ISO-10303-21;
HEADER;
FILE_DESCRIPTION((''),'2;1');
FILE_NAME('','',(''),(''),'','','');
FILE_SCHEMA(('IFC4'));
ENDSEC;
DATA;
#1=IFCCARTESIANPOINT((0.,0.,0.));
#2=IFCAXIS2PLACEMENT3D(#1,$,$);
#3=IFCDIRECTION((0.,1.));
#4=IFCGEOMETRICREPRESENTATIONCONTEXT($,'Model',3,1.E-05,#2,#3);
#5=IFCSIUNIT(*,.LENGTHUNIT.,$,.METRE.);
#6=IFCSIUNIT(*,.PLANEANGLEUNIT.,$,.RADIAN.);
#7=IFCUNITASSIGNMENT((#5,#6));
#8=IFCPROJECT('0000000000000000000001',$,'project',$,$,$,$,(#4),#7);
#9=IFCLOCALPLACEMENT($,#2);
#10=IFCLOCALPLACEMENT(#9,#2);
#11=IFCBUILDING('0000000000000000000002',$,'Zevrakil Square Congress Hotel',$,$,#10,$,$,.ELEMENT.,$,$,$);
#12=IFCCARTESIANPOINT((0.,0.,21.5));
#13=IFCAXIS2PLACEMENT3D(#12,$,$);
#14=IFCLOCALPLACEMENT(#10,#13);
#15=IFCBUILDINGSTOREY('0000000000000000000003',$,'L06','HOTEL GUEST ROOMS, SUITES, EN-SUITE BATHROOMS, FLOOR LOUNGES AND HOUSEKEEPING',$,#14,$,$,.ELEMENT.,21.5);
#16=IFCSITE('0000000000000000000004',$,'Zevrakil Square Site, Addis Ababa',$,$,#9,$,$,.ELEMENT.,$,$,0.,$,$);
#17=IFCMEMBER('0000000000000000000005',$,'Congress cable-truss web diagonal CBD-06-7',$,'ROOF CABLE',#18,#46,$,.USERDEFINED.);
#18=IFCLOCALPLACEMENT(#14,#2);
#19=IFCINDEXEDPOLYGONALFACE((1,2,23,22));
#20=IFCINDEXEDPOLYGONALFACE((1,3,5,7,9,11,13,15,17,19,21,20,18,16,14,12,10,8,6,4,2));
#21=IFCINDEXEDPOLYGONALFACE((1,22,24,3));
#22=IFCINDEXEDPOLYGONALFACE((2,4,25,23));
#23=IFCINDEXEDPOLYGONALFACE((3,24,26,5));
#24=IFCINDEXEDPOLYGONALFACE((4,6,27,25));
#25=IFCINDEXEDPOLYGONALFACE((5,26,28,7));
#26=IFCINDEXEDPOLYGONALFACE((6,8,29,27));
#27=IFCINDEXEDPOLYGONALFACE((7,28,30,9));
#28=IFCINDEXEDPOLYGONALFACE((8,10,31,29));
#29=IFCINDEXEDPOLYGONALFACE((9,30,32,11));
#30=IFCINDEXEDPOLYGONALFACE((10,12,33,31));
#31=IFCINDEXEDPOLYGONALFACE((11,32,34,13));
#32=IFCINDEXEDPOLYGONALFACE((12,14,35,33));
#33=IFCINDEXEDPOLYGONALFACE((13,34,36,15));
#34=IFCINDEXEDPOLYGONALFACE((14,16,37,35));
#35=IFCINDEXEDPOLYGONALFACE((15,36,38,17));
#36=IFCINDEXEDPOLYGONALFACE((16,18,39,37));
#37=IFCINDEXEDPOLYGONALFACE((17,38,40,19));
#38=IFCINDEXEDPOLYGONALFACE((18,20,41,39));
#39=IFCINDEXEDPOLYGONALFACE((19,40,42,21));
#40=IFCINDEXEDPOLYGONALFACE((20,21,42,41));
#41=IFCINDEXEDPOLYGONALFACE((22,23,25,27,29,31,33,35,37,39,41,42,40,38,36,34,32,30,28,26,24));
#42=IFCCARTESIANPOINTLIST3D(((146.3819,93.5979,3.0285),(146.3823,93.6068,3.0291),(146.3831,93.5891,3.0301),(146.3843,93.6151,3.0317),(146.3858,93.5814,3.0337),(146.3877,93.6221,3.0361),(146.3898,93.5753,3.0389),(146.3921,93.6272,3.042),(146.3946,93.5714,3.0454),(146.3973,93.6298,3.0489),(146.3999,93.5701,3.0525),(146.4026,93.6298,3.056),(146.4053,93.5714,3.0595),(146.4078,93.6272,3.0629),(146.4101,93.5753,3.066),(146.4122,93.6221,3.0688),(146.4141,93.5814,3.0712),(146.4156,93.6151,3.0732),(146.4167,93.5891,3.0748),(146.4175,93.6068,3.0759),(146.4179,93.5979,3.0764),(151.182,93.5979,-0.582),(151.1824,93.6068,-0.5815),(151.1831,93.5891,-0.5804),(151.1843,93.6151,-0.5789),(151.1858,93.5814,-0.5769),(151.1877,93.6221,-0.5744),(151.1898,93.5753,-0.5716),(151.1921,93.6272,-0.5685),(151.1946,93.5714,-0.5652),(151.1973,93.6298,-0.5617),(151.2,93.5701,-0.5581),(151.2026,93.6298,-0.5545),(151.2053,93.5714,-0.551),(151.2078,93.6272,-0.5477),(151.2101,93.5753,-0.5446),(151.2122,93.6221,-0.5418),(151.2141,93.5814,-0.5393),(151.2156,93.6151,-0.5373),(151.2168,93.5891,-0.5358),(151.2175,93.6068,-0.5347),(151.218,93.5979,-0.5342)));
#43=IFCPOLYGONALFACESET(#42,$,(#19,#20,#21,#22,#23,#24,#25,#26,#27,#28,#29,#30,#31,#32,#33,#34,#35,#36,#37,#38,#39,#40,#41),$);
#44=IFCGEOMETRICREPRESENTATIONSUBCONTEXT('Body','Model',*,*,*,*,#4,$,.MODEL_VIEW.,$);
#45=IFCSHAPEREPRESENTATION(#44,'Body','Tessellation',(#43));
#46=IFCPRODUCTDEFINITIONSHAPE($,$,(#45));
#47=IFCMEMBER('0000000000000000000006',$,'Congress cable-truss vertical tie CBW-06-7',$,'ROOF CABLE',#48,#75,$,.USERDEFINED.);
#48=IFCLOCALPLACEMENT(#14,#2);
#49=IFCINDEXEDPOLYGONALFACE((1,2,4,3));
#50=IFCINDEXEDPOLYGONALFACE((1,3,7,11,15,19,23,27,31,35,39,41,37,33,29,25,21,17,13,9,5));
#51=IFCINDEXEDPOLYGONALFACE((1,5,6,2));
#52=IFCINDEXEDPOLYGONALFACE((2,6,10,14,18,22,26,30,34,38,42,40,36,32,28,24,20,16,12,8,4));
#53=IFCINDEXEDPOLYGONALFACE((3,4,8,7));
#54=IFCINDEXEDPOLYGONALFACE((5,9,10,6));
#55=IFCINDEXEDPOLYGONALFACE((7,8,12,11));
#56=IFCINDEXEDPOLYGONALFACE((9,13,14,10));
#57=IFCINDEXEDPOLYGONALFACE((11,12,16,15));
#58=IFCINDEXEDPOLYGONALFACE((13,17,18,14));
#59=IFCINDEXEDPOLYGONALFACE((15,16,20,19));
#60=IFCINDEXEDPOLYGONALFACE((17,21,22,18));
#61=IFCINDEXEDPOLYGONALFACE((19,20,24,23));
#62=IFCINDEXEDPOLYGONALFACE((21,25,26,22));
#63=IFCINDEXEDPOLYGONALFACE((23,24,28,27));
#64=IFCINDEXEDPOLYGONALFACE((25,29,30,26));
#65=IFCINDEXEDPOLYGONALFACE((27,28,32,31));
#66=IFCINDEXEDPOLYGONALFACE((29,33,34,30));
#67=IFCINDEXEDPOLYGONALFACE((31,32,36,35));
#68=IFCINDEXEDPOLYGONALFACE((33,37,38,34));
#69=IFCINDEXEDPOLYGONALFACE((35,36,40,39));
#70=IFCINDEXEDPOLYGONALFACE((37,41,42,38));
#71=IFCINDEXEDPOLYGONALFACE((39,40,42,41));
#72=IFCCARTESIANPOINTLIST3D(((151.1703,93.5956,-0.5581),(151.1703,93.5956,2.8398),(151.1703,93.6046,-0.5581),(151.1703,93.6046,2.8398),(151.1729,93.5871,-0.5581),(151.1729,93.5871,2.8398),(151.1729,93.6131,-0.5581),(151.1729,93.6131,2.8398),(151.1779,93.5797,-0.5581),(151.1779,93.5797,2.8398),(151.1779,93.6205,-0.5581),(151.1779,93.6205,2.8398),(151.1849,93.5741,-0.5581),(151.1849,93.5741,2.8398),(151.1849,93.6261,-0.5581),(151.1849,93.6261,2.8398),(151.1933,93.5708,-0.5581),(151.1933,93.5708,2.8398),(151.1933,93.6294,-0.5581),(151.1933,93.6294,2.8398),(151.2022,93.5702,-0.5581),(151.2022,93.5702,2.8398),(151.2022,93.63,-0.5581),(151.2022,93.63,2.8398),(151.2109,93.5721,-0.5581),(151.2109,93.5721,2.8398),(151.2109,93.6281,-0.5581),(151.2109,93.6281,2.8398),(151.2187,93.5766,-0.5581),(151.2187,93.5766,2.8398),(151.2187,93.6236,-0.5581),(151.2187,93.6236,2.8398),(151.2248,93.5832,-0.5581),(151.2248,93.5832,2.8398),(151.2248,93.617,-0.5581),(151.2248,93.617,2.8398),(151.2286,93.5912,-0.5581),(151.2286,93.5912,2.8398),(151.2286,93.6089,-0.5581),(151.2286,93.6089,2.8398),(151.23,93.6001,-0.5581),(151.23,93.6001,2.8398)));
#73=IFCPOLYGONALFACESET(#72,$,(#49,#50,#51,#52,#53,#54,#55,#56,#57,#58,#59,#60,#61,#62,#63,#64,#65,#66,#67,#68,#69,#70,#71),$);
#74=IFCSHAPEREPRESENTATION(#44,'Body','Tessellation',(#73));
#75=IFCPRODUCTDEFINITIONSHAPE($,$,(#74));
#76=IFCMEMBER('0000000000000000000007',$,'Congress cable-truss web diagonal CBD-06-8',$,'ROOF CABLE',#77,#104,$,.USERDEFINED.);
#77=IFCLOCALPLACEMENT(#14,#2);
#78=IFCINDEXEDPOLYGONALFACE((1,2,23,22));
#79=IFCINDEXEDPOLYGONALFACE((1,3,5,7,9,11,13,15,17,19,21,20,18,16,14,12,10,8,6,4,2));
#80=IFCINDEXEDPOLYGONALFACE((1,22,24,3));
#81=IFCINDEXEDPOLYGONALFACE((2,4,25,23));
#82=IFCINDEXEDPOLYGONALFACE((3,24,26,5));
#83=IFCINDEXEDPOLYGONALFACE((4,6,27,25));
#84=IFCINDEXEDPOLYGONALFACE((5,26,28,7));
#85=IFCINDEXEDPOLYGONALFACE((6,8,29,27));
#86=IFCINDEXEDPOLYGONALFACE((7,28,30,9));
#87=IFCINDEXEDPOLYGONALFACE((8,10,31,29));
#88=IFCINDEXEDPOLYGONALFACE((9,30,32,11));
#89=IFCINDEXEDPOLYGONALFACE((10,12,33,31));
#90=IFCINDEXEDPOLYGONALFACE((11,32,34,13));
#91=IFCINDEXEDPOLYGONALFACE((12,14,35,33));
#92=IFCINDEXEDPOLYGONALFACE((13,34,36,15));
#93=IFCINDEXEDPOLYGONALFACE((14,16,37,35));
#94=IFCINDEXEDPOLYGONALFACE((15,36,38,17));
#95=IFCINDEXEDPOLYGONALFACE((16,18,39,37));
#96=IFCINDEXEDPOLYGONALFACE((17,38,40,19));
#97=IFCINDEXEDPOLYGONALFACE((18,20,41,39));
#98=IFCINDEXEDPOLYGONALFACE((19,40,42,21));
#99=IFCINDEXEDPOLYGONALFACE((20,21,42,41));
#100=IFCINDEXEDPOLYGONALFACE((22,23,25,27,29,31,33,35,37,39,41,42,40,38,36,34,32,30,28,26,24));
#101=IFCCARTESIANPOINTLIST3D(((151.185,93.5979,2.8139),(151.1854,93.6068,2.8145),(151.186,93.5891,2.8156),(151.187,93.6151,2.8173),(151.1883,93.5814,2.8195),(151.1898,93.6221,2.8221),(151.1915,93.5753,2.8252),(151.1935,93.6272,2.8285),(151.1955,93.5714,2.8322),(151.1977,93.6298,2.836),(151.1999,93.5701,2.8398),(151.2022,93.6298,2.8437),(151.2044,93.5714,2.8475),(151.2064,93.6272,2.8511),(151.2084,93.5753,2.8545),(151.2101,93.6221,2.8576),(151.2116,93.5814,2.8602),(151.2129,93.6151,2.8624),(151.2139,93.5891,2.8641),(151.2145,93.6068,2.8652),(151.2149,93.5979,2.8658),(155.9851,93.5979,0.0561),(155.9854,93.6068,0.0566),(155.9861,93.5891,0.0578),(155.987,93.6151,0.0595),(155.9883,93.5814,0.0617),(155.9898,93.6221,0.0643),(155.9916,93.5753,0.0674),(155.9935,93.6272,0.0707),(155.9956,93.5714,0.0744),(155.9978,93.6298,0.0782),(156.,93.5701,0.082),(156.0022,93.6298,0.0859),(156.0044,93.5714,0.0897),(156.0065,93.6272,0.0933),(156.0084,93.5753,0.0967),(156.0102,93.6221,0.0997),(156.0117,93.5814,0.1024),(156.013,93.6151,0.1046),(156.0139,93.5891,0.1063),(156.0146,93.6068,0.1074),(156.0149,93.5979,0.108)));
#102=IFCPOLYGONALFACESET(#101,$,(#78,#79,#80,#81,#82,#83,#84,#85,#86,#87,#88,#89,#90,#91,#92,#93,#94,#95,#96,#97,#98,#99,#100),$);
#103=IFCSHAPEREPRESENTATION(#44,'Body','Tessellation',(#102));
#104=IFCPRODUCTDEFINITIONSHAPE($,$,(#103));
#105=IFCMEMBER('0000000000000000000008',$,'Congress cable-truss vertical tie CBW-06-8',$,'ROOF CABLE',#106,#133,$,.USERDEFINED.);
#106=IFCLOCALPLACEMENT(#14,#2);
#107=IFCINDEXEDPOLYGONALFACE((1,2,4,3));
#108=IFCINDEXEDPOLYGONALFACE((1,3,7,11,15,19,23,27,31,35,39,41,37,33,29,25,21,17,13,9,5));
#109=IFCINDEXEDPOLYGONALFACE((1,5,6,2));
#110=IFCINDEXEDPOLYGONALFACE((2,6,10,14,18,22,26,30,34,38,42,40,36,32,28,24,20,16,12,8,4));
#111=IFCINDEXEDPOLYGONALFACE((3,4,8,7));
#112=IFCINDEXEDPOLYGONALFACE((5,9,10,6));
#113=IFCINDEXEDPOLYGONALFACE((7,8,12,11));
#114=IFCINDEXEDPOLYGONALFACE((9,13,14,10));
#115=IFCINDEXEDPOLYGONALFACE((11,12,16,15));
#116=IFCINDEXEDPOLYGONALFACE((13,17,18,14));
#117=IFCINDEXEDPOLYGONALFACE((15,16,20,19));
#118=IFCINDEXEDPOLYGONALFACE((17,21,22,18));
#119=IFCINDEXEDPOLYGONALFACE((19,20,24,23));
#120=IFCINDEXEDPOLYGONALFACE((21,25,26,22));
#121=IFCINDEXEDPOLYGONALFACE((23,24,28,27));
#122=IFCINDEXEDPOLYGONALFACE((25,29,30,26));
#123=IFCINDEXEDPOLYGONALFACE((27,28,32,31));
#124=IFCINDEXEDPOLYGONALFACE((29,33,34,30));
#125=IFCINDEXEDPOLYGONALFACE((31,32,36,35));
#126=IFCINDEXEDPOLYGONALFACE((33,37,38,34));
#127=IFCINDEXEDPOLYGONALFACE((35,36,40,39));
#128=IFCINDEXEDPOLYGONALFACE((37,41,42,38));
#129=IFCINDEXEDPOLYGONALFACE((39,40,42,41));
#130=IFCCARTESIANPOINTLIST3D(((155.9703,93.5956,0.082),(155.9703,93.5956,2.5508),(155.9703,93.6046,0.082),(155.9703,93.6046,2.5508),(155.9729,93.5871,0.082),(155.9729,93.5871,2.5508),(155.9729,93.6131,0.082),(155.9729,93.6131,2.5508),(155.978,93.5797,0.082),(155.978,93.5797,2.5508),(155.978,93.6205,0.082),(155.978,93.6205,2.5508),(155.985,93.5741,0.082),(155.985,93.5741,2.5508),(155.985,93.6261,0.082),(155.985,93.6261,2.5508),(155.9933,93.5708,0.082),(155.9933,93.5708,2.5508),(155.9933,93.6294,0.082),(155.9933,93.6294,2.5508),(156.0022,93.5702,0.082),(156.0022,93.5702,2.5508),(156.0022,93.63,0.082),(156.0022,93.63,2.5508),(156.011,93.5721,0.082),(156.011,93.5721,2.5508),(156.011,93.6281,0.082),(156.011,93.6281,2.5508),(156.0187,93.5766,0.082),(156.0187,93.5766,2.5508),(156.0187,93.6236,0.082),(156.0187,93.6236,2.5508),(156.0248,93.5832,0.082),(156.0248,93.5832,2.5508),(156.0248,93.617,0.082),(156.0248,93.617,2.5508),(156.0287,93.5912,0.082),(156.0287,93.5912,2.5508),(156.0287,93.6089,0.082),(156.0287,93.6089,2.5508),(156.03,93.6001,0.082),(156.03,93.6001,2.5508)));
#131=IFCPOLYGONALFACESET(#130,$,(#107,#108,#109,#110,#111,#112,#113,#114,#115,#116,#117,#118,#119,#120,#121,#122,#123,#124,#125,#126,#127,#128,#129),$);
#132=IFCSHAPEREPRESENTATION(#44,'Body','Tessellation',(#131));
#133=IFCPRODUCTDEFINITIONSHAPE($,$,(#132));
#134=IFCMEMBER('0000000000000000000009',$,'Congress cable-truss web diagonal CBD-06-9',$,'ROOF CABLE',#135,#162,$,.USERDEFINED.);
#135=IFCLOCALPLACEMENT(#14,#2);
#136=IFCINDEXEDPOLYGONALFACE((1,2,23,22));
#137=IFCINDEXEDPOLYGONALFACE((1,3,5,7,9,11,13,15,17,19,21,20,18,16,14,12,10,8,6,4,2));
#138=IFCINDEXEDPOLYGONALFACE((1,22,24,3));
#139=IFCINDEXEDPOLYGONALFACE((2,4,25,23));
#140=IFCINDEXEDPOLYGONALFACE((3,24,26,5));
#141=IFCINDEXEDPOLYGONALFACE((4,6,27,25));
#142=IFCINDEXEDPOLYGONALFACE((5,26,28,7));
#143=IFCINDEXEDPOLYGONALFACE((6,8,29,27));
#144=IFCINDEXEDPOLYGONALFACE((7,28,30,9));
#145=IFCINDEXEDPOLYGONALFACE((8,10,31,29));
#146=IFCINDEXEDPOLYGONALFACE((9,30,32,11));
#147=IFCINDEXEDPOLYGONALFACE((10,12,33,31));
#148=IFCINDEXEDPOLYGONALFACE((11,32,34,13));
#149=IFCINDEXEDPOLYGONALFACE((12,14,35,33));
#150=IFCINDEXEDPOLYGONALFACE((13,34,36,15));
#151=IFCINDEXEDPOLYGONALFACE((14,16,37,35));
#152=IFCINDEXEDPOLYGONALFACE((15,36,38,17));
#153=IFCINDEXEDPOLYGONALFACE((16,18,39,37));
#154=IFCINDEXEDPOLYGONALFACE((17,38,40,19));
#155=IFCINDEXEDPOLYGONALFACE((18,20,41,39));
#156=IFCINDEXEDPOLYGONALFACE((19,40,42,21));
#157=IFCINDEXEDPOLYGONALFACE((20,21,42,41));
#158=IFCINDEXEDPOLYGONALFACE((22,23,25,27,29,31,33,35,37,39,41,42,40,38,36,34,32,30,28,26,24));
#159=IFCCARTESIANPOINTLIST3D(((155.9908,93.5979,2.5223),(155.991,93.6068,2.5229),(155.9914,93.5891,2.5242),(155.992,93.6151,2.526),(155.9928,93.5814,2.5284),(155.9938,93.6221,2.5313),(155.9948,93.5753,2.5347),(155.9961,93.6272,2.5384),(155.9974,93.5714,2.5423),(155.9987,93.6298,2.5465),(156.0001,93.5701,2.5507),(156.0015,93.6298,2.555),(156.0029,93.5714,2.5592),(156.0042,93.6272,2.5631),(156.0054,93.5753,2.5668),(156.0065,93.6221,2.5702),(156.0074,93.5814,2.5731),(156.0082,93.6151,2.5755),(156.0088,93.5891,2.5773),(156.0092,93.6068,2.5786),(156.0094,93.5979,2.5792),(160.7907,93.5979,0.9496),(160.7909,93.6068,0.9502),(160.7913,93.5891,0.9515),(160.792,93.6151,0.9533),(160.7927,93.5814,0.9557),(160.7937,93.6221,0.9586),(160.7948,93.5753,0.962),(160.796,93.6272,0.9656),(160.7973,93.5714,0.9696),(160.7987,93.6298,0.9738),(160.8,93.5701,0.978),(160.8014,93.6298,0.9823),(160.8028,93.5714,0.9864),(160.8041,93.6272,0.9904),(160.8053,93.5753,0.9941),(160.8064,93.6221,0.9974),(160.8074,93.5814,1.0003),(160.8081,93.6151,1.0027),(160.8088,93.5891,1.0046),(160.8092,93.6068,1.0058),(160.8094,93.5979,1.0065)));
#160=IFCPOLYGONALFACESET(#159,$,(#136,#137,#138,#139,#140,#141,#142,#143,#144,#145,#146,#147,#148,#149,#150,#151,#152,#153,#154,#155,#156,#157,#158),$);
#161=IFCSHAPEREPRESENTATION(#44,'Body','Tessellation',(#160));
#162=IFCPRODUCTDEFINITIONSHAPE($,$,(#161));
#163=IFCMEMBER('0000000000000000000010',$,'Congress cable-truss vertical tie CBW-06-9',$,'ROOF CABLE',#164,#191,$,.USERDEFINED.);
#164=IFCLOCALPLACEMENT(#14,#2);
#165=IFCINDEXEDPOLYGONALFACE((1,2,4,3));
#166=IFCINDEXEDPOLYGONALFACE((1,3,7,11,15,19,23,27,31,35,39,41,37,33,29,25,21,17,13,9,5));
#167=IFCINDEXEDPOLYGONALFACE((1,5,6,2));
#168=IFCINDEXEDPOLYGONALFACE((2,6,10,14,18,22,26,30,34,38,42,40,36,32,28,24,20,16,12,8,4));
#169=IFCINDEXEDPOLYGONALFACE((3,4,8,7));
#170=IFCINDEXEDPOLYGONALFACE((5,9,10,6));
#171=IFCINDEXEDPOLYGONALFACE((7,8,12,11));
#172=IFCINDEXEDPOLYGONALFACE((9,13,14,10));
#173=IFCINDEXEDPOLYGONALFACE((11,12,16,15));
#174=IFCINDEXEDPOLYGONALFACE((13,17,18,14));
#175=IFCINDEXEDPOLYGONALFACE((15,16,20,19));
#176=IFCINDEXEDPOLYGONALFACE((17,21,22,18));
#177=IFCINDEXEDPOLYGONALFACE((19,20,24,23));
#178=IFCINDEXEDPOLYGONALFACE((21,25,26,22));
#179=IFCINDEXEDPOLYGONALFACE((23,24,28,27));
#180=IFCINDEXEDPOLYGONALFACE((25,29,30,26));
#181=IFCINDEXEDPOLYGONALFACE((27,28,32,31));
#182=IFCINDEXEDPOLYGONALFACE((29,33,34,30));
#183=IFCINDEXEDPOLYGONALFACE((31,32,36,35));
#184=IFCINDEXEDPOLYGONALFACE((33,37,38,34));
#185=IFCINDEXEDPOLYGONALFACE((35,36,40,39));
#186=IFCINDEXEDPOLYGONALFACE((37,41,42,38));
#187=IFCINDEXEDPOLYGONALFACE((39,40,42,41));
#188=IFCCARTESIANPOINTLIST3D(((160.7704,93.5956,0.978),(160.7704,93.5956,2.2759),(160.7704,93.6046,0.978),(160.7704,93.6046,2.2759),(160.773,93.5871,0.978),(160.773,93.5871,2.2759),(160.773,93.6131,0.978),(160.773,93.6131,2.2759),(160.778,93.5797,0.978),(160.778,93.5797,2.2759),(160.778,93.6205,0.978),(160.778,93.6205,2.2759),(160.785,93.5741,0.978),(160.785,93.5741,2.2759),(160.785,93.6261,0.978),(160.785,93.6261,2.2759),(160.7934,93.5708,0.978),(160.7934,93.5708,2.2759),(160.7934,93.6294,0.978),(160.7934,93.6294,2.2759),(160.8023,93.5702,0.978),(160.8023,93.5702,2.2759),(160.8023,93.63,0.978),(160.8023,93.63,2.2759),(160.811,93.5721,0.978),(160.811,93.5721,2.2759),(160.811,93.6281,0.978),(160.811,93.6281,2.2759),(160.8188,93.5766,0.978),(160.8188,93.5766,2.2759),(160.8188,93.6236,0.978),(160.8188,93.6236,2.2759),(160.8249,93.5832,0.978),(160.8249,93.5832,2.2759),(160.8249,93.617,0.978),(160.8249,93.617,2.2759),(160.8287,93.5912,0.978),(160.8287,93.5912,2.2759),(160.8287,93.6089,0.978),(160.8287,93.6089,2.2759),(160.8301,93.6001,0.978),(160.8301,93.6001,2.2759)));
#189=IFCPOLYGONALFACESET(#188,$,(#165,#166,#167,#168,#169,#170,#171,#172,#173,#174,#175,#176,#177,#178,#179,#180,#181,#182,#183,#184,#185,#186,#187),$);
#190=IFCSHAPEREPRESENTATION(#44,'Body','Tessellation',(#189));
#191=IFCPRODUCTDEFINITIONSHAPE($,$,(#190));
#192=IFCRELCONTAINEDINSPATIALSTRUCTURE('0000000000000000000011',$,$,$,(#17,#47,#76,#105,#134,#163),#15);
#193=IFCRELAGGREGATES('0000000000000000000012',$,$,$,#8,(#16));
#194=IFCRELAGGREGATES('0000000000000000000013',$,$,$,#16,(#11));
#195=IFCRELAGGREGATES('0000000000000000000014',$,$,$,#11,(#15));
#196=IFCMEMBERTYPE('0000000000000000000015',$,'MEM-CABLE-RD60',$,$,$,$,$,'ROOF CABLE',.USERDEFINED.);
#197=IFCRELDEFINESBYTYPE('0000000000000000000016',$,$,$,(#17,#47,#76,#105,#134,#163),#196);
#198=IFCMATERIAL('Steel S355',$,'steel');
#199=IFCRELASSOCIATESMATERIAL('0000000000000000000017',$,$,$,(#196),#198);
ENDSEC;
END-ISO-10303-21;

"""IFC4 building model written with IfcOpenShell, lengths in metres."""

from ifc_helpers import new_model, si_unit, direction, frame, origin, origin_2d, place, context, subcontext, project, spatial, circle, extrude, material, material_profile, profile_set, type_object, element, save


model = new_model("IFC4")

# Units and contexts
model_context = context("Model", 3, precision=1e-05, world=origin(), true_north=direction((0.0, 1.0)))
body_context = subcontext(model_context, "Body", "Model", "MODEL_VIEW")
ifc_project = project(units=[si_unit("LENGTHUNIT", "METRE"), si_unit("PLANEANGLEUNIT", "RADIAN")], contexts=[model_context])

# Site, building, storey
site_placement = place(None, origin())
site = spatial("IfcSite", under=ifc_project, at=site_placement, Name="Zevrakil Square Site, Addis Ababa", CompositionType="ELEMENT", RefElevation=0.0)
building_placement = place(site_placement, origin())
building = spatial("IfcBuilding", under=site, at=building_placement, Name="Zevrakil Square Congress Hotel", CompositionType="ELEMENT")
storey_placement = place(building_placement, frame((0.0, 0.0, 21.5)))
storey = spatial("IfcBuildingStorey", under=building, at=storey_placement, Name="L06", Description="HOTEL GUEST ROOMS, SUITES, EN-SUITE BATHROOMS, FLOOR LOUNGES AND HOUSEKEEPING", CompositionType="ELEMENT", Elevation=21.5)

# Members
ifc_material_1 = material(Name="Steel S355", Category="steel")
ifc_material_profile_1 = material_profile(ifc_material_1, circle(Radius=0.03, at=origin_2d()), Name="CABLE RD60")
ifc_profile_set_1 = profile_set([ifc_material_profile_1], Name="Steel S355")
member_type_1 = type_object("IfcMemberType", Name="MEM-CABLE-RD60", ElementType="ROOF CABLE", PredefinedType="USERDEFINED", material=ifc_profile_set_1)
member_1_placement = place(storey_placement, frame((151.2, 93.6001, -0.5581), z_axis=(-0.799155, 0.0, 0.601125), x_axis=(0.0, -1.0, 0.0)))
element("IfcMember", 1, at=member_1_placement, inside=storey, type_object=member_type_1, Name="Congress cable-truss web diagonal CBD-06-7", ObjectType="ROOF CABLE", PredefinedType="USERDEFINED", context=body_context, shape_type="SweptSolid", body=[
    extrude(circle(Radius=0.03, at=origin_2d()), origin(), (0.0, 0.0, 1.0), 6.0063),
])
member_2_placement = place(storey_placement, frame((151.2, 93.6001, -0.5581), z_axis=(0.0, 0.0, 1.0), x_axis=(1.0, 0.0, 0.0)))
element("IfcMember", 2, at=member_2_placement, inside=storey, type_object=member_type_1, Name="Congress cable-truss vertical tie CBW-06-7", ObjectType="ROOF CABLE", PredefinedType="USERDEFINED", context=body_context, shape_type="SweptSolid", body=[
    extrude(circle(Radius=0.03, at=origin_2d()), origin(), (0.0, 0.0, 1.0), 3.3979),
])
member_3_placement = place(storey_placement, frame((156.0, 93.6001, 0.082), z_axis=(-0.867079, 0.0, 0.49817), x_axis=(0.0, -1.0, 0.0)))
element("IfcMember", 3, at=member_3_placement, inside=storey, type_object=member_type_1, Name="Congress cable-truss web diagonal CBD-06-8", ObjectType="ROOF CABLE", PredefinedType="USERDEFINED", context=body_context, shape_type="SweptSolid", body=[
    extrude(circle(Radius=0.03, at=origin_2d()), origin(), (0.0, 0.0, 1.0), 5.5359),
])
member_4_placement = place(storey_placement, frame((156.0, 93.6001, 0.082), z_axis=(0.0, 0.0, 1.0), x_axis=(1.0, 0.0, 0.0)))
element("IfcMember", 4, at=member_4_placement, inside=storey, type_object=member_type_1, Name="Congress cable-truss vertical tie CBW-06-8", ObjectType="ROOF CABLE", PredefinedType="USERDEFINED", context=body_context, shape_type="SweptSolid", body=[
    extrude(circle(Radius=0.03, at=origin_2d()), origin(), (0.0, 0.0, 1.0), 2.4688),
])
member_5_placement = place(storey_placement, frame((160.8, 93.6001, 0.978), z_axis=(-0.95029, 0.0, 0.311366), x_axis=(0.0, -1.0, 0.0)))
element("IfcMember", 5, at=member_5_placement, inside=storey, type_object=member_type_1, Name="Congress cable-truss web diagonal CBD-06-9", ObjectType="ROOF CABLE", PredefinedType="USERDEFINED", context=body_context, shape_type="SweptSolid", body=[
    extrude(circle(Radius=0.03, at=origin_2d()), origin(), (0.0, 0.0, 1.0), 5.051),
])
member_6_placement = place(storey_placement, frame((160.8, 93.6001, 0.978), z_axis=(0.0, 0.0, 1.0), x_axis=(1.0, 0.0, 0.0)))
element("IfcMember", 6, at=member_6_placement, inside=storey, type_object=member_type_1, Name="Congress cable-truss vertical tie CBW-06-9", ObjectType="ROOF CABLE", PredefinedType="USERDEFINED", context=body_context, shape_type="SweptSolid", body=[
    extrude(circle(Radius=0.03, at=origin_2d()), origin(), (0.0, 0.0, 1.0), 1.2979),
])

save(model, "model.ifc")
